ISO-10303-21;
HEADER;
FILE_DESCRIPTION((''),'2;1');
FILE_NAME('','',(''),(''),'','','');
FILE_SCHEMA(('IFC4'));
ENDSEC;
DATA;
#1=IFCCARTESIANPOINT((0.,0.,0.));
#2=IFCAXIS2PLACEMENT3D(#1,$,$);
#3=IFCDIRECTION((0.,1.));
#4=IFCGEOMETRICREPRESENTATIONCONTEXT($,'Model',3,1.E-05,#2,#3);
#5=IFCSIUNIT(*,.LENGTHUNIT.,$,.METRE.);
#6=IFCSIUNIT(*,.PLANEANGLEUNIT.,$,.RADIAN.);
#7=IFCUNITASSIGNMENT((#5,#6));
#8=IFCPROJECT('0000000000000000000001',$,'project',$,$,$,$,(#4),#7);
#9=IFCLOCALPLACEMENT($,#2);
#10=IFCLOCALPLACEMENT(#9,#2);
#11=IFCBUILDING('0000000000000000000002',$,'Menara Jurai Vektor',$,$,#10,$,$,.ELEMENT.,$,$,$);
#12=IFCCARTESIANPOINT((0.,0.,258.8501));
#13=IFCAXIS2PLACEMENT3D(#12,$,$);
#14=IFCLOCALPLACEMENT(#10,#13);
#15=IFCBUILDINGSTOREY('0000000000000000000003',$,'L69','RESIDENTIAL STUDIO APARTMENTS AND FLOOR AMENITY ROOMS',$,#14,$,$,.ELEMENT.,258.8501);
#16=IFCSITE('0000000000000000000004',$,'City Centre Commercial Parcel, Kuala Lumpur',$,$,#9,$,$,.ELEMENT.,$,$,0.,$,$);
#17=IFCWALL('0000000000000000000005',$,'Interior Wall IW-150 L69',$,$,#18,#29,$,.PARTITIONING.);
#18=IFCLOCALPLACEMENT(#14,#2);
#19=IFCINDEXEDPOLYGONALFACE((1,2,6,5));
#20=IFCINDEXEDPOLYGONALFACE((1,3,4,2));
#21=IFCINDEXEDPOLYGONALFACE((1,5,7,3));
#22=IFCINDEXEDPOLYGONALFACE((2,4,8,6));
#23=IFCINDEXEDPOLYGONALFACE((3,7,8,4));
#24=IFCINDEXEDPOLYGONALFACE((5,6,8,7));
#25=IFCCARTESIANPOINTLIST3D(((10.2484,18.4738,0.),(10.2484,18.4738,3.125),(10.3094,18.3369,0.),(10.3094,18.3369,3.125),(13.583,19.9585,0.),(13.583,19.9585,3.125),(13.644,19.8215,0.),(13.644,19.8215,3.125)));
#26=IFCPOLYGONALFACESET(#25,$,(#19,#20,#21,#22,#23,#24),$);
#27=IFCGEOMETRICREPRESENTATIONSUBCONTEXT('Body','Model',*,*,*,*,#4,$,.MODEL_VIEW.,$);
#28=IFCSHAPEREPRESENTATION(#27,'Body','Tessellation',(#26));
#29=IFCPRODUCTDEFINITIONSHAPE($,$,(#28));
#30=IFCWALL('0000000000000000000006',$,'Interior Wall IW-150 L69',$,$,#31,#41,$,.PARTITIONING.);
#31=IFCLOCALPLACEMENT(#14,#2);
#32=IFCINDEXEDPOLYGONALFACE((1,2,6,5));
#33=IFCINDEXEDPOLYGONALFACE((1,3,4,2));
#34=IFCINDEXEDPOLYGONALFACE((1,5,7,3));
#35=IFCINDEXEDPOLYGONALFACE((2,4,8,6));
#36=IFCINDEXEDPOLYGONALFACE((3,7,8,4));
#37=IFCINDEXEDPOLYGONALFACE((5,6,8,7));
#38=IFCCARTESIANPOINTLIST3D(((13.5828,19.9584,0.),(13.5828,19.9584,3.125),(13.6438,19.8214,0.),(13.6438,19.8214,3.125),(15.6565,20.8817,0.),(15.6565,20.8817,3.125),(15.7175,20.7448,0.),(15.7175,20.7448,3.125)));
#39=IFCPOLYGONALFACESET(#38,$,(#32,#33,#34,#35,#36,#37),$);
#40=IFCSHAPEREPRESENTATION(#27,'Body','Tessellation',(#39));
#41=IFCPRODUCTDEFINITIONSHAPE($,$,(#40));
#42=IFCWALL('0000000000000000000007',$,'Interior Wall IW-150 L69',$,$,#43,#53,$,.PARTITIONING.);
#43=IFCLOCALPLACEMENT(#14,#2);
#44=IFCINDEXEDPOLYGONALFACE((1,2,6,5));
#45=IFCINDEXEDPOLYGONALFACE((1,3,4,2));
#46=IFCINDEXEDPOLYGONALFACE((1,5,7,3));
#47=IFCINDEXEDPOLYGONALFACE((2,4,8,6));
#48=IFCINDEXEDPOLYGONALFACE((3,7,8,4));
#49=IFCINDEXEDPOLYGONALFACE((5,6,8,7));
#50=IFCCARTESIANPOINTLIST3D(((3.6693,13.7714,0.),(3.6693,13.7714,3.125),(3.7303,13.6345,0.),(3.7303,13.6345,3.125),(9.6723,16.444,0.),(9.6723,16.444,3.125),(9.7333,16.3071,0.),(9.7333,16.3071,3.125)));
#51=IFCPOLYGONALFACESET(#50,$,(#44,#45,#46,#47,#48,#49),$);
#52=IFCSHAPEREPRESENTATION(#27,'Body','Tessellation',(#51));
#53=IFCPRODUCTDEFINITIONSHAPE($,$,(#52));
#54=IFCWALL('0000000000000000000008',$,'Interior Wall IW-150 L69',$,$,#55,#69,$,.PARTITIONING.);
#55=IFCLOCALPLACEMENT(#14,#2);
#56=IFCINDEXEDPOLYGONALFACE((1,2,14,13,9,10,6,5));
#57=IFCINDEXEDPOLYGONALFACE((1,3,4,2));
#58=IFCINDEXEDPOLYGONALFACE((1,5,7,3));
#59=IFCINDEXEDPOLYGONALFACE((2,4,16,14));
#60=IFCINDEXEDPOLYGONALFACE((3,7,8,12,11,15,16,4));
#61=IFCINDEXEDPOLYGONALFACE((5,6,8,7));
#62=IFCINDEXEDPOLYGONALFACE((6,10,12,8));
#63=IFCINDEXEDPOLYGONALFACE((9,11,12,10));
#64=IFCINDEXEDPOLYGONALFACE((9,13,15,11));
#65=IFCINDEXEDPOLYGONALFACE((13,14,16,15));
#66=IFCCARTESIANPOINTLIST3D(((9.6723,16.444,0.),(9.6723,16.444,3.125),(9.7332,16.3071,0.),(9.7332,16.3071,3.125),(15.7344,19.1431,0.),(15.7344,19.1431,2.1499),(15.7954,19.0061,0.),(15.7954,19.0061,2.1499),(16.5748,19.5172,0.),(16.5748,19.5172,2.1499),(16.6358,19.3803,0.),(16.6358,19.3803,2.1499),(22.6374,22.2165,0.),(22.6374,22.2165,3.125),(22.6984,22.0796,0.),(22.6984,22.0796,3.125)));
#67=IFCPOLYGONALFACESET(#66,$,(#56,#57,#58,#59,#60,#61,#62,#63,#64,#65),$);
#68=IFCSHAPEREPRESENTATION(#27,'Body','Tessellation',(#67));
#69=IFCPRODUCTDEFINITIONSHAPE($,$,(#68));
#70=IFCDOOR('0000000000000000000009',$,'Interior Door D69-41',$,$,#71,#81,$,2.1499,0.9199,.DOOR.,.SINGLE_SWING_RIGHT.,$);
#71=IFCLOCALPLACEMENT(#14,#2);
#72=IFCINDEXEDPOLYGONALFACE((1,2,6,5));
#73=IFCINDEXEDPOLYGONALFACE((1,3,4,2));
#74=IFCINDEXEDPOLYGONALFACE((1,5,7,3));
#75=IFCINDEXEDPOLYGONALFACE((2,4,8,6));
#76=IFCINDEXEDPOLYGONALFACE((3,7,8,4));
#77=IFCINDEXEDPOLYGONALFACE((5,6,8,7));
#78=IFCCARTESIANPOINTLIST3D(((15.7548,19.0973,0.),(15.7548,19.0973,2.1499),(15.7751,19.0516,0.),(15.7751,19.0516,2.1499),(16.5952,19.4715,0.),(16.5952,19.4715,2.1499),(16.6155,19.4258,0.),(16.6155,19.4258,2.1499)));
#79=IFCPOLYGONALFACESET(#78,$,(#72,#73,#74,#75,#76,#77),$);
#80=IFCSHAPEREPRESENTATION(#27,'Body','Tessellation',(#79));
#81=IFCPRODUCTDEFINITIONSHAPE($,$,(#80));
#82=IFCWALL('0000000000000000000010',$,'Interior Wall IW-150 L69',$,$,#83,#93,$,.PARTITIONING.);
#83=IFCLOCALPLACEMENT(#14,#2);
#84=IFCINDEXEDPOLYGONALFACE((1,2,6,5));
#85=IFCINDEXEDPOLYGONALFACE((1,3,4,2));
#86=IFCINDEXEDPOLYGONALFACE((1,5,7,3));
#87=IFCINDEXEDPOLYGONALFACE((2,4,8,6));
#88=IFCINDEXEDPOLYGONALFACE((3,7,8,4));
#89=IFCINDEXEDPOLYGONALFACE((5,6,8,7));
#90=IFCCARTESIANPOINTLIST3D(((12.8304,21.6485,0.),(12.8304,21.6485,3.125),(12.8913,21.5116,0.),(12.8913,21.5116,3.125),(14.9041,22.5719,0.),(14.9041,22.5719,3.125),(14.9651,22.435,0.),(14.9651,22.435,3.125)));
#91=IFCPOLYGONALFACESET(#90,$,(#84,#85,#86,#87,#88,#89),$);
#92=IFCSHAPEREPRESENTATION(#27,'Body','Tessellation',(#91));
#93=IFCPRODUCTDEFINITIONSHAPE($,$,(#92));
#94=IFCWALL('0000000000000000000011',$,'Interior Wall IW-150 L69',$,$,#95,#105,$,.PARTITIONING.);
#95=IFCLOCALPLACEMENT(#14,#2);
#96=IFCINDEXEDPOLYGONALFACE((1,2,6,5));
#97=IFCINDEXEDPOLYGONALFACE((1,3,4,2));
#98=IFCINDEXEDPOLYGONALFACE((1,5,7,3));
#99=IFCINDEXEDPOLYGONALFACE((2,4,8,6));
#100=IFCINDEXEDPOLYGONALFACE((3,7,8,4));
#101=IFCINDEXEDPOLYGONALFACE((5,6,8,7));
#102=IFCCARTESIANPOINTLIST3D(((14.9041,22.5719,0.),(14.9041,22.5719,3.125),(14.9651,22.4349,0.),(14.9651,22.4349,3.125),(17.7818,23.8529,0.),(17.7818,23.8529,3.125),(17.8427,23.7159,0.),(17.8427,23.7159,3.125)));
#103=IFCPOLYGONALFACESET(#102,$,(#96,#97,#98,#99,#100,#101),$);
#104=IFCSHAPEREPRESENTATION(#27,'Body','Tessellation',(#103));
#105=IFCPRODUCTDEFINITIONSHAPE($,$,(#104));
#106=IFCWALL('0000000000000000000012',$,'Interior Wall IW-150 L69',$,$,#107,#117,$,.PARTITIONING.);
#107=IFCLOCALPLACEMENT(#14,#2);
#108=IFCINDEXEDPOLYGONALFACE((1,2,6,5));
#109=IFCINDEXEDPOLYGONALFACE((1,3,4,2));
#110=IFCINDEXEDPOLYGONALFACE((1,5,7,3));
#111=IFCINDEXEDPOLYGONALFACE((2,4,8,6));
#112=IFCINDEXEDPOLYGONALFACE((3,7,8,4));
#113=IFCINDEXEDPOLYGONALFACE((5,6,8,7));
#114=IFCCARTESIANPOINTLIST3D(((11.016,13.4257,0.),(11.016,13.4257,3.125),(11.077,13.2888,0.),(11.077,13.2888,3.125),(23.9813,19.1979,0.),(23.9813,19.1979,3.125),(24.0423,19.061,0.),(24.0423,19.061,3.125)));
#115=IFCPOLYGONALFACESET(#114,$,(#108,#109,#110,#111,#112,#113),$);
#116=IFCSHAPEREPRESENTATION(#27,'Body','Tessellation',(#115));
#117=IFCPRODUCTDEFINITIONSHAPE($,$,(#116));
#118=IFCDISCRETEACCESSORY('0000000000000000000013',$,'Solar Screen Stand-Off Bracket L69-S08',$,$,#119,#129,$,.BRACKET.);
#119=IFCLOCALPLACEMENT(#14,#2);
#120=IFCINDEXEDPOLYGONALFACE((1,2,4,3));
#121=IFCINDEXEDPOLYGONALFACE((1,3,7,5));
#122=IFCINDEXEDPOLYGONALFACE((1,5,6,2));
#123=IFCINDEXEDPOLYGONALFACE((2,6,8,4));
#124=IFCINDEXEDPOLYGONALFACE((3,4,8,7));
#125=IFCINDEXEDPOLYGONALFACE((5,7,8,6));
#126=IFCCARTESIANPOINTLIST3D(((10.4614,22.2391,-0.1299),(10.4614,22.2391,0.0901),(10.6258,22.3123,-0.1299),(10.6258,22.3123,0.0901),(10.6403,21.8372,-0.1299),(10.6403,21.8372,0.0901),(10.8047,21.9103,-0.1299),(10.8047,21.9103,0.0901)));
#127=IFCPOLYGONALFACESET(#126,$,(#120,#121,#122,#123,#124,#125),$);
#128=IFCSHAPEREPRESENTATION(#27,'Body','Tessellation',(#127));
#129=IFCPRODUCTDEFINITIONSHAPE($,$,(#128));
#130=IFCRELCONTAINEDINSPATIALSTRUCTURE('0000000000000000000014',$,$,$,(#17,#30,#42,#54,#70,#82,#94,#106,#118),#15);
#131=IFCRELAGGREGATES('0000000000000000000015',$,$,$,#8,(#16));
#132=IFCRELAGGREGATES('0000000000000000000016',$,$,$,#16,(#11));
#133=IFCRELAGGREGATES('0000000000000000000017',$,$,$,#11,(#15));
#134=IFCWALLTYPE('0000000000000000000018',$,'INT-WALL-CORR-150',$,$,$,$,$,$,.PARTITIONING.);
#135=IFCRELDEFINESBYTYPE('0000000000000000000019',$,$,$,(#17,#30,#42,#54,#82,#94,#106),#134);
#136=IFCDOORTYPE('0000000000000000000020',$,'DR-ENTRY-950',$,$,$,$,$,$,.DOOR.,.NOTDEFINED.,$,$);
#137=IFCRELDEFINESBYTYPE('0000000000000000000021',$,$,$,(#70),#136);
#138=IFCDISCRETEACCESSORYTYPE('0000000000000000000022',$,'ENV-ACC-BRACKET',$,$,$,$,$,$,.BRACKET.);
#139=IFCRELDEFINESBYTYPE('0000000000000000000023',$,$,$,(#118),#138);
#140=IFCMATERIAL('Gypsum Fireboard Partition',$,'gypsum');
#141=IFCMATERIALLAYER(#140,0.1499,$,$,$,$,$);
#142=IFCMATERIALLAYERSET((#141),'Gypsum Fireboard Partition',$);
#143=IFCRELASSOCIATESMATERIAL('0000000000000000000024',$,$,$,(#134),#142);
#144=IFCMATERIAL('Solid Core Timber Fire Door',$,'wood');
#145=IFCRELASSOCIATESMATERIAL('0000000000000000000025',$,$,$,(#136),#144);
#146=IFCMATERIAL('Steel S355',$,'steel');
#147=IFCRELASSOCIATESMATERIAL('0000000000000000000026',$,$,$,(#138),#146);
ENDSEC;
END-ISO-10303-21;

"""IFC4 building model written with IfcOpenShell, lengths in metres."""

from ifc_helpers import new_model, si_unit, direction, frame, frame_2d, origin, origin_2d, place, context, subcontext, project, spatial, rectangle, extrude, material, layer, layer_set, type_object, element, fill, save


model = new_model("IFC4")

# Units and contexts
model_context = context("Model", 3, precision=1e-05, world=origin(), true_north=direction((0.0, 1.0)))
body_context = subcontext(model_context, "Body", "Model", "MODEL_VIEW")
ifc_project = project(units=[si_unit("LENGTHUNIT", "METRE"), si_unit("PLANEANGLEUNIT", "RADIAN")], contexts=[model_context])

# Site, building, storey
site_placement = place(None, origin())
site = spatial("IfcSite", under=ifc_project, at=site_placement, Name="City Centre Commercial Parcel, Kuala Lumpur", CompositionType="ELEMENT", RefElevation=0.0)
building_placement = place(site_placement, origin())
building = spatial("IfcBuilding", under=site, at=building_placement, Name="Menara Jurai Vektor", CompositionType="ELEMENT")
storey_placement = place(building_placement, frame((0.0, 0.0, 258.8501)))
storey = spatial("IfcBuildingStorey", under=building, at=storey_placement, Name="L69", Description="RESIDENTIAL STUDIO APARTMENTS AND FLOOR AMENITY ROOMS", CompositionType="ELEMENT", Elevation=258.8501)

# Shared definitions
ifc_material_1 = material(Name="Steel S355", Category="steel")

# Walls
ifc_material_2 = material(Name="Gypsum Fireboard Partition", Category="gypsum")
ifc_layer_1 = layer(ifc_material_2, 0.1499)
ifc_layer_set_1 = layer_set([ifc_layer_1], Name="Gypsum Fireboard Partition")
wall_type = type_object("IfcWallType", Name="INT-WALL-CORR-150", PredefinedType="PARTITIONING", material=ifc_layer_set_1)
wall_1_placement = place(storey_placement, frame((10.2788, 18.4053, 0.0), z_axis=(0.0, 0.0, 1.0), x_axis=(0.913544, 0.40674, 0.0)))
element("IfcWall", 1, at=wall_1_placement, inside=storey, type_object=wall_type, Name="Interior Wall IW-150 L69", PredefinedType="PARTITIONING", context=body_context, shape_type="SweptSolid", body=[
    extrude(rectangle(XDim=3.6501, YDim=0.1499, at=frame_2d((1.8252, 0.0))), origin(), (0.0, 0.0, 1.0), 3.125),
])
wall_2_placement = place(storey_placement, frame((13.6133, 19.8899, 0.0), z_axis=(0.0, 0.0, 1.0), x_axis=(0.913536, 0.406757, 0.0)))
element("IfcWall", 2, at=wall_2_placement, inside=storey, type_object=wall_type, Name="Interior Wall IW-150 L69", PredefinedType="PARTITIONING", context=body_context, shape_type="SweptSolid", body=[
    extrude(rectangle(XDim=2.27, YDim=0.1499, at=frame_2d((1.135, 0.0))), origin(), (0.0, 0.0, 1.0), 3.125),
])
wall_3_placement = place(storey_placement, frame((3.6997, 13.7029, 0.0), z_axis=(0.0, 0.0, 1.0), x_axis=(0.913549, 0.406728, 0.0)))
element("IfcWall", 3, at=wall_3_placement, inside=storey, type_object=wall_type, Name="Interior Wall IW-150 L69", PredefinedType="PARTITIONING", context=body_context, shape_type="SweptSolid", body=[
    extrude(rectangle(XDim=6.571, YDim=0.1499, at=frame_2d((3.2856, 0.0))), origin(), (0.0, 0.0, 1.0), 3.125),
])

# Wall, opening, door
wall_4_placement = place(storey_placement, frame((9.7026, 16.3755, 0.0), z_axis=(0.0, 0.0, 1.0), x_axis=(0.913545, 0.406739, 0.0)))
wall_4 = element("IfcWall", 4, at=wall_4_placement, inside=storey, type_object=wall_type, Name="Interior Wall IW-150 L69", PredefinedType="PARTITIONING", context=body_context, shape_type="SweptSolid", body=[
    extrude(rectangle(XDim=14.1921, YDim=0.1499, at=frame_2d((7.0962, 0.0))), origin(), (0.0, 0.0, 1.0), 3.125),
])
opening_1_placement = place(wall_4_placement, frame((6.636, 0.0, 0.0)))
opening_1 = element("IfcOpeningElement", 5, at=opening_1_placement, cuts=wall_4, PredefinedType="OPENING", context=body_context, shape_type="SweptSolid", body=[
    extrude(rectangle(XDim=0.9199, YDim=2.1499, at=frame_2d((0.46, 1.075))), frame((0.0, 0.085, 0.0), z_axis=(0.0, -1.0, 0.0), x_axis=(1.0, 0.0, 0.0)), (0.0, 0.0, 1.0), 0.1699),
])
ifc_material_3 = material(Name="Solid Core Timber Fire Door", Category="wood")
door_type_1 = type_object("IfcDoorType", Name="DR-ENTRY-950", OperationType="NOTDEFINED", PredefinedType="DOOR", material=ifc_material_3)
door_1_placement = place(opening_1_placement, origin())
door_1 = element("IfcDoor", 6, at=door_1_placement, inside=storey, type_object=door_type_1, Name="Interior Door D69-41", OperationType="SINGLE_SWING_RIGHT", OverallHeight=2.1499, OverallWidth=0.9199, PredefinedType="DOOR", context=body_context, shape_type="SweptSolid", body=[
    extrude(rectangle(XDim=0.9199, YDim=2.1499, at=frame_2d((0.46, 1.075))), frame((0.0, 0.0249, 0.0), z_axis=(0.0, -1.0, 0.0), x_axis=(1.0, 0.0, 0.0)), (0.0, 0.0, 1.0), 0.05),
])
fill(opening_1, door_1)

# Walls
wall_5_placement = place(storey_placement, frame((12.8608, 21.5801, 0.0), z_axis=(0.0, 0.0, 1.0), x_axis=(0.913536, 0.406757, 0.0)))
element("IfcWall", 7, at=wall_5_placement, inside=storey, type_object=wall_type, Name="Interior Wall IW-150 L69", PredefinedType="PARTITIONING", context=body_context, shape_type="SweptSolid", body=[
    extrude(rectangle(XDim=2.27, YDim=0.1499, at=frame_2d((1.135, 0.0))), origin(), (0.0, 0.0, 1.0), 3.125),
])
wall_6_placement = place(storey_placement, frame((14.9346, 22.5034, 0.0), z_axis=(0.0, 0.0, 1.0), x_axis=(0.913572, 0.406678, 0.0)))
element("IfcWall", 8, at=wall_6_placement, inside=storey, type_object=wall_type, Name="Interior Wall IW-150 L69", PredefinedType="PARTITIONING", context=body_context, shape_type="SweptSolid", body=[
    extrude(rectangle(XDim=3.1499, YDim=0.1499, at=frame_2d((1.575, 0.0))), origin(), (0.0, 0.0, 1.0), 3.125),
])
wall_7_placement = place(storey_placement, frame((11.0464, 13.3572, 0.0), z_axis=(0.0, 0.0, 1.0), x_axis=(0.913554, 0.406718, 0.0)))
element("IfcWall", 9, at=wall_7_placement, inside=storey, type_object=wall_type, Name="Interior Wall IW-150 L69", PredefinedType="PARTITIONING", context=body_context, shape_type="SweptSolid", body=[
    extrude(rectangle(XDim=14.1921, YDim=0.1499, at=frame_2d((7.0962, 0.0))), origin(), (0.0, 0.0, 1.0), 3.125),
])

# Discrete accessory
discrete_accessory_type = type_object("IfcDiscreteAccessoryType", Name="ENV-ACC-BRACKET", PredefinedType="BRACKET", material=ifc_material_1)
discrete_accessory_placement = place(storey_placement, frame((10.6331, 22.0747, -0.1299), z_axis=(0.0, 0.0, 1.0), x_axis=(-0.913545, -0.406737, 0.0)))
element("IfcDiscreteAccessory", 10, at=discrete_accessory_placement, inside=storey, type_object=discrete_accessory_type, Name="Solar Screen Stand-Off Bracket L69-S08", PredefinedType="BRACKET", context=body_context, shape_type="SweptSolid", body=[
    extrude(rectangle(XDim=0.1799, YDim=0.4399, at=origin_2d()), origin(), (0.0, 0.0, 1.0), 0.22),
])

save(model, "model.ifc")
